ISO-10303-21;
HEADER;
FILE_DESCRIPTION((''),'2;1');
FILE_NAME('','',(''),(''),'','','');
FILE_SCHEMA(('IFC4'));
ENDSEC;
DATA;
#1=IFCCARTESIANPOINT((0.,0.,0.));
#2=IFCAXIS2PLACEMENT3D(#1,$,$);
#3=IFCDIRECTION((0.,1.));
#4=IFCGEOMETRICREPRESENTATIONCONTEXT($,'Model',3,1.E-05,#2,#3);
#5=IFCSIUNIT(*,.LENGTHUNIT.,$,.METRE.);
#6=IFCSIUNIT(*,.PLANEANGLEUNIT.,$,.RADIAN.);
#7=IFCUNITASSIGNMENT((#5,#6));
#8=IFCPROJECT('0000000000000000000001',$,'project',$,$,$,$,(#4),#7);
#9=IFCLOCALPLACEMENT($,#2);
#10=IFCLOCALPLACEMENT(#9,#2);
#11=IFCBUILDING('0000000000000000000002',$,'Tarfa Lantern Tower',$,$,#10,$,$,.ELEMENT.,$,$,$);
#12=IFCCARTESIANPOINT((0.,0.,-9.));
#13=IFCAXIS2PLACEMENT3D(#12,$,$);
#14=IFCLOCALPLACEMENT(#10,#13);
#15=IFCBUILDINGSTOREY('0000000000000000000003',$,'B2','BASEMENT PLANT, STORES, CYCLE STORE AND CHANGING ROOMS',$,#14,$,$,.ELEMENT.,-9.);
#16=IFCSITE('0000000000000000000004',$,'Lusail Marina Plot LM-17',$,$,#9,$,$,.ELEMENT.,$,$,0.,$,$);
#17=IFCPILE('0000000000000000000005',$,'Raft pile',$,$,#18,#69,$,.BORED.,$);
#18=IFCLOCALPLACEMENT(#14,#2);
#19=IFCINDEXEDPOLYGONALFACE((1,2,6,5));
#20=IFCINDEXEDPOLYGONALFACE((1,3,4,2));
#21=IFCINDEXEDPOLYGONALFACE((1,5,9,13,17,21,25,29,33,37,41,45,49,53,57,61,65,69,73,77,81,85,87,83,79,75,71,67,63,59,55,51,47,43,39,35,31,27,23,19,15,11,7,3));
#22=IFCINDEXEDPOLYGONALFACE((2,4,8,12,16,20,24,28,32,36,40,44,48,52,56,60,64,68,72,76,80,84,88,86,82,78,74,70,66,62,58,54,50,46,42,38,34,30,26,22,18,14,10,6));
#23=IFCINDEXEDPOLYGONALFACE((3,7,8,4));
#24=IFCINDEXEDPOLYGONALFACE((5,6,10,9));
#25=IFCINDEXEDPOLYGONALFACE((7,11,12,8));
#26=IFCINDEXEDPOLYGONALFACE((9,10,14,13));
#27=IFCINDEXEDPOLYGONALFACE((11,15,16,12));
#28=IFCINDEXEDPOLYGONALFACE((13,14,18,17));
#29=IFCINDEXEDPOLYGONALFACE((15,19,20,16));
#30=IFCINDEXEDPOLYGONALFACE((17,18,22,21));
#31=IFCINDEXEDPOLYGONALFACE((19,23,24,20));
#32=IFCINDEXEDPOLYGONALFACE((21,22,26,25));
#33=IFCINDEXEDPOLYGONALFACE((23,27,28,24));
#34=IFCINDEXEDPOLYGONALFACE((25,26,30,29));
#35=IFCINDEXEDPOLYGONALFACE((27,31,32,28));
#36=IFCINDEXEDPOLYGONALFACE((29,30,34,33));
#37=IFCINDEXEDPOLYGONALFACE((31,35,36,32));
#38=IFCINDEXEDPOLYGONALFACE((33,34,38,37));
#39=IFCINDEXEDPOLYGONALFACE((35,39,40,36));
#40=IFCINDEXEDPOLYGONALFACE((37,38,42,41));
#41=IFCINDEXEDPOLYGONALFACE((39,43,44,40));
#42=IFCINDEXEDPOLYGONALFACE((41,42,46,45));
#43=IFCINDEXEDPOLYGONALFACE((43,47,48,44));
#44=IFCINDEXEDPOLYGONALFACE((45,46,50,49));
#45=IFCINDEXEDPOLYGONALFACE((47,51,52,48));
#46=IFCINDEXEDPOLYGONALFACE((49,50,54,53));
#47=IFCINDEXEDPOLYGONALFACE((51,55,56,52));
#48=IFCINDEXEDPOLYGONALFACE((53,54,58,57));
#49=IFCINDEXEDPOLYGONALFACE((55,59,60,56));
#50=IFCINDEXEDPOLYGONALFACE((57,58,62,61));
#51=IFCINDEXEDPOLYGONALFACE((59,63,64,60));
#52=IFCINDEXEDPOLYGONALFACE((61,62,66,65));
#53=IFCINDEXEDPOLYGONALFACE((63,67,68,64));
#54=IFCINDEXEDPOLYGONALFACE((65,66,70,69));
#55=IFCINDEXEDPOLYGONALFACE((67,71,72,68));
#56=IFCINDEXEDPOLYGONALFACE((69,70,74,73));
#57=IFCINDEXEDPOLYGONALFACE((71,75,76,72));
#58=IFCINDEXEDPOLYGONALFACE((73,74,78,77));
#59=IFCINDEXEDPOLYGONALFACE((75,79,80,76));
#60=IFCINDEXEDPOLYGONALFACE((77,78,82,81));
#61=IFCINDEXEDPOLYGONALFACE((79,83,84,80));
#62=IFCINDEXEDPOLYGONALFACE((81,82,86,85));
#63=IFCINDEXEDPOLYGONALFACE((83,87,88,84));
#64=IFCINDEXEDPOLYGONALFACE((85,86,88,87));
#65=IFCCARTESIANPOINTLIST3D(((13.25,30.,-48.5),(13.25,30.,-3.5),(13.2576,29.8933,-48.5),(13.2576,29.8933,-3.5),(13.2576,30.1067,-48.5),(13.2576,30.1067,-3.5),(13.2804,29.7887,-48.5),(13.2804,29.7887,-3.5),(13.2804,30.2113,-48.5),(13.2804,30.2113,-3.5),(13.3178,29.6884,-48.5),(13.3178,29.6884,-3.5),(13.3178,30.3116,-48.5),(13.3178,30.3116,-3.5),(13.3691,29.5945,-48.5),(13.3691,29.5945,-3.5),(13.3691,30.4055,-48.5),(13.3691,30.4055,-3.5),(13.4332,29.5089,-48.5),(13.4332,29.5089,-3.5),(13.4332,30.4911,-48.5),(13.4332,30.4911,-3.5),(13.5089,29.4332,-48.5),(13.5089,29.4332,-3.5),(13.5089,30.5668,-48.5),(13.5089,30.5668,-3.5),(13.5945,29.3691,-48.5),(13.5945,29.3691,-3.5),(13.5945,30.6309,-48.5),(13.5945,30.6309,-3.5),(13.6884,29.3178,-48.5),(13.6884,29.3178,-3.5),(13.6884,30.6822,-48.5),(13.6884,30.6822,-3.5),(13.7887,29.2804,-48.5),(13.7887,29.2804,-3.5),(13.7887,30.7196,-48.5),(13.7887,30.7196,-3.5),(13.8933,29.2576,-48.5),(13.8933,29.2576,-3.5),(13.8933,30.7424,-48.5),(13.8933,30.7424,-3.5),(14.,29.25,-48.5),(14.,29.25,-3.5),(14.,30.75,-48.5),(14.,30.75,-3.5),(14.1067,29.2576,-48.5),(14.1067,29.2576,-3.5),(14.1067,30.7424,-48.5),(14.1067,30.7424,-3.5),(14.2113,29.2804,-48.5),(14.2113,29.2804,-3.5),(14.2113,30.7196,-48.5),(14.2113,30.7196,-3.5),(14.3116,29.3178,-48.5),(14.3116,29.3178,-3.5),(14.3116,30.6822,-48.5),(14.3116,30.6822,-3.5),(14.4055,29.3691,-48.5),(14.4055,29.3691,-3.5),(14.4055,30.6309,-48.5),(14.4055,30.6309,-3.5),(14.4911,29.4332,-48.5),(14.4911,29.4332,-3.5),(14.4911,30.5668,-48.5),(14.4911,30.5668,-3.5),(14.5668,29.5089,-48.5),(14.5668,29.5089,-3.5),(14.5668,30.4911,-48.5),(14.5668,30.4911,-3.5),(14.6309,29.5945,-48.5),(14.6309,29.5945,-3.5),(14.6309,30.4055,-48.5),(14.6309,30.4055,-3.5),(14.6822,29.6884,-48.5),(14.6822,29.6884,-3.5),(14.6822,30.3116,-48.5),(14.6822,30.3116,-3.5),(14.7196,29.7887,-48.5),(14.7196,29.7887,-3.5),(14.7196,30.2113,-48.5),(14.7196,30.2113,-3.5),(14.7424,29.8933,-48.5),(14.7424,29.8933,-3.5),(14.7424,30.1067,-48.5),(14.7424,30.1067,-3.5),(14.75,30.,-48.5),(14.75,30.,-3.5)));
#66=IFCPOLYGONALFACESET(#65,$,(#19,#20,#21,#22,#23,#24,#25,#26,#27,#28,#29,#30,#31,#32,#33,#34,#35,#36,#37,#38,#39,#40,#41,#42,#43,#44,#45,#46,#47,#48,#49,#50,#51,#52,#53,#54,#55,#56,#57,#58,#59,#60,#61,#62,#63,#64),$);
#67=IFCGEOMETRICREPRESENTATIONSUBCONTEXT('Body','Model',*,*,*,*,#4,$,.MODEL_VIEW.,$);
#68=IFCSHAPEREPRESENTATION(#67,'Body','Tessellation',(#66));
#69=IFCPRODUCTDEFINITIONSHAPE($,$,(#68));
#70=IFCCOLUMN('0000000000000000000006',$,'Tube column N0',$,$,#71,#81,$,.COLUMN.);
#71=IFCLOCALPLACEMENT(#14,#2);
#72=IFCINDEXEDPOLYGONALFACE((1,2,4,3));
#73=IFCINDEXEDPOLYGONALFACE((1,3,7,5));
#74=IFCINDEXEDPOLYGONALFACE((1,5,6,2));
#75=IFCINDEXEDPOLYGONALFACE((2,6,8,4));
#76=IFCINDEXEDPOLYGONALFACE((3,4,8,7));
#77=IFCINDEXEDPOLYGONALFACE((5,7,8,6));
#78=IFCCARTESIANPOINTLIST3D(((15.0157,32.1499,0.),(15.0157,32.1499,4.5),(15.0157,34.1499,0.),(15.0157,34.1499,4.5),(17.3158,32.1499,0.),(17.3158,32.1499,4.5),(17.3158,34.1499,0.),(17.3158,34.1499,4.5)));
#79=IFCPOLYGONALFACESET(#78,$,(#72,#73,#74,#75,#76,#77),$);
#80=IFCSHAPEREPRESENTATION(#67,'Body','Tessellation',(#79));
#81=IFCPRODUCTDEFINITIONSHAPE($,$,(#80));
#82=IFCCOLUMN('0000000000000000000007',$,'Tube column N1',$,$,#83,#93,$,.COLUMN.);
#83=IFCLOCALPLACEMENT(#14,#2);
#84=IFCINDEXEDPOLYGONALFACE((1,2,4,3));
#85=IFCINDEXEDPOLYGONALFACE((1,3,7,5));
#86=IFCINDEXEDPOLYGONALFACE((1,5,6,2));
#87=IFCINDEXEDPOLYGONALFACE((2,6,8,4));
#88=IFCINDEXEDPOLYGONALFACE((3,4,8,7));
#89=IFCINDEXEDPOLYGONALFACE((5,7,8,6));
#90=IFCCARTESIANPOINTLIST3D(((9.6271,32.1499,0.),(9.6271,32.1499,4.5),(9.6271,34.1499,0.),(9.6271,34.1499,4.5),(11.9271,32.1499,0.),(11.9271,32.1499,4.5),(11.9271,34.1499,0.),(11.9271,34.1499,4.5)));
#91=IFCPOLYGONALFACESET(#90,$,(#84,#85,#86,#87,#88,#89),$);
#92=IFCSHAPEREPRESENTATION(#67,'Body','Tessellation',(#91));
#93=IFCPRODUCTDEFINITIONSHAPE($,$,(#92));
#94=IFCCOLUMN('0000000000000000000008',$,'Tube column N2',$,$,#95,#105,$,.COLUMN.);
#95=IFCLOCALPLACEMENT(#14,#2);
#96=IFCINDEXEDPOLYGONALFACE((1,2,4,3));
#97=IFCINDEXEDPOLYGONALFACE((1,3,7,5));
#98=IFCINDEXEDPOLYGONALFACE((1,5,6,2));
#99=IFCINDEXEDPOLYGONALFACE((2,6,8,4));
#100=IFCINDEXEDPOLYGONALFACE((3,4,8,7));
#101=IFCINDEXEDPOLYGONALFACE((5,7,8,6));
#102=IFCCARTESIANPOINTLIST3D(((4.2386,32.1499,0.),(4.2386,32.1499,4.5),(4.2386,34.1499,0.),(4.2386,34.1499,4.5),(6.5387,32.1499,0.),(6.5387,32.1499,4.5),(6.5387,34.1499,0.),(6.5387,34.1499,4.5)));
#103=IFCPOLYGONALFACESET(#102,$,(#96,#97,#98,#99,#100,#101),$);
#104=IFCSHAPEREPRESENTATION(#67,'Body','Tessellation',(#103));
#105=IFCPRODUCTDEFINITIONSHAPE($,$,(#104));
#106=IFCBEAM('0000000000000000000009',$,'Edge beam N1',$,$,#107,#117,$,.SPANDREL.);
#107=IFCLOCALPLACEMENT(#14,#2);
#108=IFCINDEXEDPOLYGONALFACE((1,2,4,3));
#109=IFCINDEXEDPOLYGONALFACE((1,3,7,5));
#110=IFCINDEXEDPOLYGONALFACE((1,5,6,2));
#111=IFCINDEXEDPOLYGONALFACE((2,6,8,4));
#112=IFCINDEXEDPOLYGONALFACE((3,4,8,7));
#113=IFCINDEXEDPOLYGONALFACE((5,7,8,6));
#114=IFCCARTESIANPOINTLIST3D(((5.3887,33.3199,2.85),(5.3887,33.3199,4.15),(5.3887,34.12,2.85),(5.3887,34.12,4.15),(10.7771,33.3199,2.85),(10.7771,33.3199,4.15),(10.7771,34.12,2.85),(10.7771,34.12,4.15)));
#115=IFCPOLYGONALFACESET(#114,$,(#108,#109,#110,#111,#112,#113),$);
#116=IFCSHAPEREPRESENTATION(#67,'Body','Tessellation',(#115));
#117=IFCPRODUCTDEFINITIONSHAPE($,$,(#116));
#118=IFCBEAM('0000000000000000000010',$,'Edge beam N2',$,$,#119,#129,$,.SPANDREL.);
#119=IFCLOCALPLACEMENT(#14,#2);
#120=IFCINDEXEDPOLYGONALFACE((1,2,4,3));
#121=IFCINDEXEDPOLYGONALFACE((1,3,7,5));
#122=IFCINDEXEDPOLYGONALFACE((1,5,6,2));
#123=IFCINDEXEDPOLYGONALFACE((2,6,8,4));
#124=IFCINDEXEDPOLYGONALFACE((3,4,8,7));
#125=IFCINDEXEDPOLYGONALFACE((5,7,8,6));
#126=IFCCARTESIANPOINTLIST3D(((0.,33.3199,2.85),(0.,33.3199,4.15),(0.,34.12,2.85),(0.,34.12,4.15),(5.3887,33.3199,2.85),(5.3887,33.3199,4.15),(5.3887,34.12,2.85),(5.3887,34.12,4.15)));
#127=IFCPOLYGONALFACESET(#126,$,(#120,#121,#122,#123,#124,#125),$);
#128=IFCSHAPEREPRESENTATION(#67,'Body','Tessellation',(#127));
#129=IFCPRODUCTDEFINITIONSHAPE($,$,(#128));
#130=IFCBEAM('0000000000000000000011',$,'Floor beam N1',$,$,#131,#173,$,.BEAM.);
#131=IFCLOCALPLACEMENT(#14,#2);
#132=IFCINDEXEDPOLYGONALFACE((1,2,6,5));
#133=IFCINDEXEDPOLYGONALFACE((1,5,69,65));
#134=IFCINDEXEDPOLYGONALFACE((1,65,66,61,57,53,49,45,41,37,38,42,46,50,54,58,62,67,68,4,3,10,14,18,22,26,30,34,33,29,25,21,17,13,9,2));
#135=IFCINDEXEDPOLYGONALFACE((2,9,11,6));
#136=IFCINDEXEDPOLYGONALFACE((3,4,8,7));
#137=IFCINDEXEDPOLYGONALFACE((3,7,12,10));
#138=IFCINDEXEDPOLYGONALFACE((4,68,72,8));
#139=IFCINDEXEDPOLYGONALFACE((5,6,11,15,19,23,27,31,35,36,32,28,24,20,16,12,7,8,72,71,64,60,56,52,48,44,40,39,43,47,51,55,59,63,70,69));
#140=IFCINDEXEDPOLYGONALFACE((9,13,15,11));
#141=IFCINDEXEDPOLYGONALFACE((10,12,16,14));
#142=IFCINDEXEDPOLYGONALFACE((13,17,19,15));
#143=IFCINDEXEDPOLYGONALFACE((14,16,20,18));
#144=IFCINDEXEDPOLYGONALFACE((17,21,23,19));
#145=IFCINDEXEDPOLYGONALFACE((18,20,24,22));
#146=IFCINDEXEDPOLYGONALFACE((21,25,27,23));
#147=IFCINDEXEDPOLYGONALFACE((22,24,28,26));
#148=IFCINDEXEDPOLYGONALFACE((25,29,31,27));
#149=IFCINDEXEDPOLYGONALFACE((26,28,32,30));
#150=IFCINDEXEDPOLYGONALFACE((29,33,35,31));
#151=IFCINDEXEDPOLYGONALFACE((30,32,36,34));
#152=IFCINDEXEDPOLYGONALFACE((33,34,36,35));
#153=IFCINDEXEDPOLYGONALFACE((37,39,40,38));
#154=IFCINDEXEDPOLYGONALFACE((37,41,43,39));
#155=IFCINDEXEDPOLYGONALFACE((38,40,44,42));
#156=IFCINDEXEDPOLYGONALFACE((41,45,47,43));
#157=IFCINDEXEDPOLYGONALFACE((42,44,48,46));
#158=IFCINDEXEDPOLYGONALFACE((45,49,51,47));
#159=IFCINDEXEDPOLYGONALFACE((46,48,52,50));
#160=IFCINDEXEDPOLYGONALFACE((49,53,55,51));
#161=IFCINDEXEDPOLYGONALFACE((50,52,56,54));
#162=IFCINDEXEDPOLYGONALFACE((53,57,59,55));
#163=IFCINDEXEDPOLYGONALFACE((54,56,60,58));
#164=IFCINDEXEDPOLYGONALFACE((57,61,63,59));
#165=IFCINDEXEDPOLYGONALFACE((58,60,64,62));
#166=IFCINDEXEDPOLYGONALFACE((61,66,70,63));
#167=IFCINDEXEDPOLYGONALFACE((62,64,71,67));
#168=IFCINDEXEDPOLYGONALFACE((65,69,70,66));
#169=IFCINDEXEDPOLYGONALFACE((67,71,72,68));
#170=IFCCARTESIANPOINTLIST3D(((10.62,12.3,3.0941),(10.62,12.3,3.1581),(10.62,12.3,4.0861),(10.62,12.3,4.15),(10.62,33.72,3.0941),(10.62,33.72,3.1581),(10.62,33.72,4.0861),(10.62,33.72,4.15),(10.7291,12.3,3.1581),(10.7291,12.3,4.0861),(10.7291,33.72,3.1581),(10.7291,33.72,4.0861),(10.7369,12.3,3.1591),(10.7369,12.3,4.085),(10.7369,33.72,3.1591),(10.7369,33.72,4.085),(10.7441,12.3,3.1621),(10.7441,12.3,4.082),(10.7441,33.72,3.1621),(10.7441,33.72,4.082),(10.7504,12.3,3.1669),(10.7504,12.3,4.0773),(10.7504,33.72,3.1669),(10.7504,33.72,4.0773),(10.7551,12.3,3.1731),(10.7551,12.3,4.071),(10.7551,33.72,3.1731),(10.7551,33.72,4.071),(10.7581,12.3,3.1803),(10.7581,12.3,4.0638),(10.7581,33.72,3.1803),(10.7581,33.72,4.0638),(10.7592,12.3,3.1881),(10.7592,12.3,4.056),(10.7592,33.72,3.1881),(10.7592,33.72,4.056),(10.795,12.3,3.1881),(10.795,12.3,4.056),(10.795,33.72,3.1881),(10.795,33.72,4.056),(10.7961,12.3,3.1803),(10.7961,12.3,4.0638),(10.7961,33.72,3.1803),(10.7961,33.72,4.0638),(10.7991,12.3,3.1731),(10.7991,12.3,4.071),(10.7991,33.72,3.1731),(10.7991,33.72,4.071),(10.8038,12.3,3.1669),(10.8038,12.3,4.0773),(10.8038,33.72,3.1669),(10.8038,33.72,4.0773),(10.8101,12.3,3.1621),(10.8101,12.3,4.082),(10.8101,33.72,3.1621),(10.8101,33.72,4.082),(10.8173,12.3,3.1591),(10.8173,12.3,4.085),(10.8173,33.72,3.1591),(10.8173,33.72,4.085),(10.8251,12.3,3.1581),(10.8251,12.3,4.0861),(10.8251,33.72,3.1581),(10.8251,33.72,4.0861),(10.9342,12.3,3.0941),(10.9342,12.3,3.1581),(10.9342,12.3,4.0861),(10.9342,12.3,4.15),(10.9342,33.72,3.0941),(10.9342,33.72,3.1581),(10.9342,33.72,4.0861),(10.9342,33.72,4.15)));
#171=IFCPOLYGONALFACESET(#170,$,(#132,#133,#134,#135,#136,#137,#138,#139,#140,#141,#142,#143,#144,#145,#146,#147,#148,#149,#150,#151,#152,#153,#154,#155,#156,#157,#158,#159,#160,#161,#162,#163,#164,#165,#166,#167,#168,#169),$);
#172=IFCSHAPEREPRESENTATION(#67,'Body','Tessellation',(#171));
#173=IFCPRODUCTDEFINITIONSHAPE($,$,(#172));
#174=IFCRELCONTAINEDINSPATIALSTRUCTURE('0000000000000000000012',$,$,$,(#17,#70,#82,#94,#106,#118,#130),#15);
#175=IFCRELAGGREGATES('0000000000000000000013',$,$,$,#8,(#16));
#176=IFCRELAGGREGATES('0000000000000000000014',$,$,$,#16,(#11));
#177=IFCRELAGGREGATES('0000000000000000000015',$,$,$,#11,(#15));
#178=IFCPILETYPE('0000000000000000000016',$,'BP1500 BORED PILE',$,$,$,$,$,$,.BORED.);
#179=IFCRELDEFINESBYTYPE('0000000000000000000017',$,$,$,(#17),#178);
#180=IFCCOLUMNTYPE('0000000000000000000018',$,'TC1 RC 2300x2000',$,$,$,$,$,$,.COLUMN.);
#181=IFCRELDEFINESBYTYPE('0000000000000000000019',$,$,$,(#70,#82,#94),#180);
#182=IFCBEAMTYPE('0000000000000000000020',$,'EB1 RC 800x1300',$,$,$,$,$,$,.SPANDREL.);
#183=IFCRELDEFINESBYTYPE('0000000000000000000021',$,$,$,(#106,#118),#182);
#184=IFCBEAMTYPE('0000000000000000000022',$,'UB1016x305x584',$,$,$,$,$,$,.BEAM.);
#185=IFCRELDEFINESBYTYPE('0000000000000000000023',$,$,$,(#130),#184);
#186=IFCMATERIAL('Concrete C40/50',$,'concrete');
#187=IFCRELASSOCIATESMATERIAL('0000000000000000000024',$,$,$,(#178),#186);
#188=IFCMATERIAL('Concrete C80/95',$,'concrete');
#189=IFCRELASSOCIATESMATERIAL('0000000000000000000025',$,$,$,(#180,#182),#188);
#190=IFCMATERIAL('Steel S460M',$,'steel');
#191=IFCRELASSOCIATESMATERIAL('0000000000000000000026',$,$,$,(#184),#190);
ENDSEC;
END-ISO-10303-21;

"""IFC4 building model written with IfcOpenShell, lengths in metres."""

from ifc_helpers import new_model, si_unit, direction, frame, origin, origin_2d, place, context, subcontext, project, spatial, rectangle, circle, i_section, extrude, material, material_profile, profile_set, type_object, element, save


model = new_model("IFC4")

# Units and contexts
model_context = context("Model", 3, precision=1e-05, world=origin(), true_north=direction((0.0, 1.0)))
body_context = subcontext(model_context, "Body", "Model", "MODEL_VIEW")
ifc_project = project(units=[si_unit("LENGTHUNIT", "METRE"), si_unit("PLANEANGLEUNIT", "RADIAN")], contexts=[model_context])

# Site, building, storey
site_placement = place(None, origin())
site = spatial("IfcSite", under=ifc_project, at=site_placement, Name="Lusail Marina Plot LM-17", CompositionType="ELEMENT", RefElevation=0.0)
building_placement = place(site_placement, origin())
building = spatial("IfcBuilding", under=site, at=building_placement, Name="Tarfa Lantern Tower", CompositionType="ELEMENT")
storey_placement = place(building_placement, frame((0.0, 0.0, -9.0)))
storey = spatial("IfcBuildingStorey", under=building, at=storey_placement, Name="B2", Description="BASEMENT PLANT, STORES, CYCLE STORE AND CHANGING ROOMS", CompositionType="ELEMENT", Elevation=-9.0)

# Pile
ifc_material_1 = material(Name="Concrete C40/50", Category="concrete")
ifc_material_profile_1 = material_profile(ifc_material_1, circle(Radius=0.75, at=origin_2d()), Name="BORED PILE D1500")
ifc_profile_set_1 = profile_set([ifc_material_profile_1], Name="Concrete C40/50")
pile_type = type_object("IfcPileType", Name="BP1500 BORED PILE", PredefinedType="BORED", material=ifc_profile_set_1)
for number, where, z_axis, x_axis, name in (
    (1, (14.0, 30.0, -3.5), (0.0, 0.0, -1.0), (1.0, 0.0, 0.0), "Raft pile"),
):
    element("IfcPile", number, at=place(storey_placement, frame(where, z_axis=z_axis, x_axis=x_axis)), inside=storey, type_object=pile_type, Name=name, PredefinedType="BORED", context=body_context, shape_type="SweptSolid", body=[
        extrude(circle(Radius=0.75, at=origin_2d()), origin(), (0.0, 0.0, 1.0), 45.0),
    ])

# Columns
ifc_material_2 = material(Name="Concrete C80/95", Category="concrete")
ifc_material_profile_2 = material_profile(ifc_material_2, rectangle(XDim=2.3, YDim=2.0, at=origin_2d()), Name="RC 2300x2000")
ifc_profile_set_2 = profile_set([ifc_material_profile_2], Name="Concrete C80/95")
column_type = type_object("IfcColumnType", Name="TC1 RC 2300x2000", PredefinedType="COLUMN", material=ifc_profile_set_2)
for number, where, z_axis, x_axis, name in (
    (2, (16.1658, 33.1499, 0.0), (0.0, 0.0, 1.0), (-1.0, 0.0, 0.0), "Tube column N0"),
    (3, (10.7771, 33.1499, 0.0), (0.0, 0.0, 1.0), (-1.0, 0.0, 0.0), "Tube column N1"),
    (4, (5.3887, 33.1499, 0.0), (0.0, 0.0, 1.0), (-1.0, 0.0, 0.0), "Tube column N2"),
):
    element("IfcColumn", number, at=place(storey_placement, frame(where, z_axis=z_axis, x_axis=x_axis)), inside=storey, type_object=column_type, Name=name, PredefinedType="COLUMN", context=body_context, shape_type="SweptSolid", body=[
        extrude(rectangle(XDim=2.3, YDim=2.0, at=origin_2d()), origin(), (0.0, 0.0, 1.0), 4.5),
    ])

# Beams
ifc_material_profile_3 = material_profile(ifc_material_2, rectangle(XDim=0.8, YDim=1.3, at=origin_2d()), Name="RC 800x1300")
ifc_profile_set_3 = profile_set([ifc_material_profile_3], Name="Concrete C80/95")
beam_type_1 = type_object("IfcBeamType", Name="EB1 RC 800x1300", PredefinedType="SPANDREL", material=ifc_profile_set_3)
beam_1_placement = place(storey_placement, frame((10.7771, 33.72, 3.5), z_axis=(-1.0, 0.0, 0.0), x_axis=(0.0, -1.0, 0.0)))
element("IfcBeam", 5, at=beam_1_placement, inside=storey, type_object=beam_type_1, Name="Edge beam N1", PredefinedType="SPANDREL", context=body_context, shape_type="SweptSolid", body=[
    extrude(rectangle(XDim=0.8, YDim=1.3, at=origin_2d()), origin(), (0.0, 0.0, 1.0), 5.3884),
])
beam_2_placement = place(storey_placement, frame((5.3887, 33.72, 3.5), z_axis=(-1.0, 0.0, 0.0), x_axis=(0.0, -1.0, 0.0)))
element("IfcBeam", 6, at=beam_2_placement, inside=storey, type_object=beam_type_1, Name="Edge beam N2", PredefinedType="SPANDREL", context=body_context, shape_type="SweptSolid", body=[
    extrude(rectangle(XDim=0.8, YDim=1.3, at=origin_2d()), origin(), (0.0, 0.0, 1.0), 5.3887),
])
ifc_material_3 = material(Name="Steel S460M", Category="steel")
ifc_material_profile_4 = material_profile(ifc_material_3, i_section(OverallWidth=0.3142, OverallDepth=1.0559, WebThickness=0.0359, FlangeThickness=0.064, FilletRadius=0.03, at=origin_2d()), Name="UB1016x305x584")
ifc_profile_set_4 = profile_set([ifc_material_profile_4], Name="Steel S460M")
beam_type_2 = type_object("IfcBeamType", Name="UB1016x305x584", PredefinedType="BEAM", material=ifc_profile_set_4)
for number, where, z_axis, x_axis, name in (
    (7, (10.7771, 33.72, 3.6221), (0.0, -1.0, 0.0), (1.0, 0.0, 0.0), "Floor beam N1"),
):
    element("IfcBeam", number, at=place(storey_placement, frame(where, z_axis=z_axis, x_axis=x_axis)), inside=storey, type_object=beam_type_2, Name=name, PredefinedType="BEAM", context=body_context, shape_type="SweptSolid", body=[
        extrude(i_section(OverallWidth=0.3142, OverallDepth=1.0559, WebThickness=0.0359, FlangeThickness=0.064, FilletRadius=0.03, at=origin_2d()), origin(), (0.0, 0.0, 1.0), 21.4199),
    ])

save(model, "model.ifc")
